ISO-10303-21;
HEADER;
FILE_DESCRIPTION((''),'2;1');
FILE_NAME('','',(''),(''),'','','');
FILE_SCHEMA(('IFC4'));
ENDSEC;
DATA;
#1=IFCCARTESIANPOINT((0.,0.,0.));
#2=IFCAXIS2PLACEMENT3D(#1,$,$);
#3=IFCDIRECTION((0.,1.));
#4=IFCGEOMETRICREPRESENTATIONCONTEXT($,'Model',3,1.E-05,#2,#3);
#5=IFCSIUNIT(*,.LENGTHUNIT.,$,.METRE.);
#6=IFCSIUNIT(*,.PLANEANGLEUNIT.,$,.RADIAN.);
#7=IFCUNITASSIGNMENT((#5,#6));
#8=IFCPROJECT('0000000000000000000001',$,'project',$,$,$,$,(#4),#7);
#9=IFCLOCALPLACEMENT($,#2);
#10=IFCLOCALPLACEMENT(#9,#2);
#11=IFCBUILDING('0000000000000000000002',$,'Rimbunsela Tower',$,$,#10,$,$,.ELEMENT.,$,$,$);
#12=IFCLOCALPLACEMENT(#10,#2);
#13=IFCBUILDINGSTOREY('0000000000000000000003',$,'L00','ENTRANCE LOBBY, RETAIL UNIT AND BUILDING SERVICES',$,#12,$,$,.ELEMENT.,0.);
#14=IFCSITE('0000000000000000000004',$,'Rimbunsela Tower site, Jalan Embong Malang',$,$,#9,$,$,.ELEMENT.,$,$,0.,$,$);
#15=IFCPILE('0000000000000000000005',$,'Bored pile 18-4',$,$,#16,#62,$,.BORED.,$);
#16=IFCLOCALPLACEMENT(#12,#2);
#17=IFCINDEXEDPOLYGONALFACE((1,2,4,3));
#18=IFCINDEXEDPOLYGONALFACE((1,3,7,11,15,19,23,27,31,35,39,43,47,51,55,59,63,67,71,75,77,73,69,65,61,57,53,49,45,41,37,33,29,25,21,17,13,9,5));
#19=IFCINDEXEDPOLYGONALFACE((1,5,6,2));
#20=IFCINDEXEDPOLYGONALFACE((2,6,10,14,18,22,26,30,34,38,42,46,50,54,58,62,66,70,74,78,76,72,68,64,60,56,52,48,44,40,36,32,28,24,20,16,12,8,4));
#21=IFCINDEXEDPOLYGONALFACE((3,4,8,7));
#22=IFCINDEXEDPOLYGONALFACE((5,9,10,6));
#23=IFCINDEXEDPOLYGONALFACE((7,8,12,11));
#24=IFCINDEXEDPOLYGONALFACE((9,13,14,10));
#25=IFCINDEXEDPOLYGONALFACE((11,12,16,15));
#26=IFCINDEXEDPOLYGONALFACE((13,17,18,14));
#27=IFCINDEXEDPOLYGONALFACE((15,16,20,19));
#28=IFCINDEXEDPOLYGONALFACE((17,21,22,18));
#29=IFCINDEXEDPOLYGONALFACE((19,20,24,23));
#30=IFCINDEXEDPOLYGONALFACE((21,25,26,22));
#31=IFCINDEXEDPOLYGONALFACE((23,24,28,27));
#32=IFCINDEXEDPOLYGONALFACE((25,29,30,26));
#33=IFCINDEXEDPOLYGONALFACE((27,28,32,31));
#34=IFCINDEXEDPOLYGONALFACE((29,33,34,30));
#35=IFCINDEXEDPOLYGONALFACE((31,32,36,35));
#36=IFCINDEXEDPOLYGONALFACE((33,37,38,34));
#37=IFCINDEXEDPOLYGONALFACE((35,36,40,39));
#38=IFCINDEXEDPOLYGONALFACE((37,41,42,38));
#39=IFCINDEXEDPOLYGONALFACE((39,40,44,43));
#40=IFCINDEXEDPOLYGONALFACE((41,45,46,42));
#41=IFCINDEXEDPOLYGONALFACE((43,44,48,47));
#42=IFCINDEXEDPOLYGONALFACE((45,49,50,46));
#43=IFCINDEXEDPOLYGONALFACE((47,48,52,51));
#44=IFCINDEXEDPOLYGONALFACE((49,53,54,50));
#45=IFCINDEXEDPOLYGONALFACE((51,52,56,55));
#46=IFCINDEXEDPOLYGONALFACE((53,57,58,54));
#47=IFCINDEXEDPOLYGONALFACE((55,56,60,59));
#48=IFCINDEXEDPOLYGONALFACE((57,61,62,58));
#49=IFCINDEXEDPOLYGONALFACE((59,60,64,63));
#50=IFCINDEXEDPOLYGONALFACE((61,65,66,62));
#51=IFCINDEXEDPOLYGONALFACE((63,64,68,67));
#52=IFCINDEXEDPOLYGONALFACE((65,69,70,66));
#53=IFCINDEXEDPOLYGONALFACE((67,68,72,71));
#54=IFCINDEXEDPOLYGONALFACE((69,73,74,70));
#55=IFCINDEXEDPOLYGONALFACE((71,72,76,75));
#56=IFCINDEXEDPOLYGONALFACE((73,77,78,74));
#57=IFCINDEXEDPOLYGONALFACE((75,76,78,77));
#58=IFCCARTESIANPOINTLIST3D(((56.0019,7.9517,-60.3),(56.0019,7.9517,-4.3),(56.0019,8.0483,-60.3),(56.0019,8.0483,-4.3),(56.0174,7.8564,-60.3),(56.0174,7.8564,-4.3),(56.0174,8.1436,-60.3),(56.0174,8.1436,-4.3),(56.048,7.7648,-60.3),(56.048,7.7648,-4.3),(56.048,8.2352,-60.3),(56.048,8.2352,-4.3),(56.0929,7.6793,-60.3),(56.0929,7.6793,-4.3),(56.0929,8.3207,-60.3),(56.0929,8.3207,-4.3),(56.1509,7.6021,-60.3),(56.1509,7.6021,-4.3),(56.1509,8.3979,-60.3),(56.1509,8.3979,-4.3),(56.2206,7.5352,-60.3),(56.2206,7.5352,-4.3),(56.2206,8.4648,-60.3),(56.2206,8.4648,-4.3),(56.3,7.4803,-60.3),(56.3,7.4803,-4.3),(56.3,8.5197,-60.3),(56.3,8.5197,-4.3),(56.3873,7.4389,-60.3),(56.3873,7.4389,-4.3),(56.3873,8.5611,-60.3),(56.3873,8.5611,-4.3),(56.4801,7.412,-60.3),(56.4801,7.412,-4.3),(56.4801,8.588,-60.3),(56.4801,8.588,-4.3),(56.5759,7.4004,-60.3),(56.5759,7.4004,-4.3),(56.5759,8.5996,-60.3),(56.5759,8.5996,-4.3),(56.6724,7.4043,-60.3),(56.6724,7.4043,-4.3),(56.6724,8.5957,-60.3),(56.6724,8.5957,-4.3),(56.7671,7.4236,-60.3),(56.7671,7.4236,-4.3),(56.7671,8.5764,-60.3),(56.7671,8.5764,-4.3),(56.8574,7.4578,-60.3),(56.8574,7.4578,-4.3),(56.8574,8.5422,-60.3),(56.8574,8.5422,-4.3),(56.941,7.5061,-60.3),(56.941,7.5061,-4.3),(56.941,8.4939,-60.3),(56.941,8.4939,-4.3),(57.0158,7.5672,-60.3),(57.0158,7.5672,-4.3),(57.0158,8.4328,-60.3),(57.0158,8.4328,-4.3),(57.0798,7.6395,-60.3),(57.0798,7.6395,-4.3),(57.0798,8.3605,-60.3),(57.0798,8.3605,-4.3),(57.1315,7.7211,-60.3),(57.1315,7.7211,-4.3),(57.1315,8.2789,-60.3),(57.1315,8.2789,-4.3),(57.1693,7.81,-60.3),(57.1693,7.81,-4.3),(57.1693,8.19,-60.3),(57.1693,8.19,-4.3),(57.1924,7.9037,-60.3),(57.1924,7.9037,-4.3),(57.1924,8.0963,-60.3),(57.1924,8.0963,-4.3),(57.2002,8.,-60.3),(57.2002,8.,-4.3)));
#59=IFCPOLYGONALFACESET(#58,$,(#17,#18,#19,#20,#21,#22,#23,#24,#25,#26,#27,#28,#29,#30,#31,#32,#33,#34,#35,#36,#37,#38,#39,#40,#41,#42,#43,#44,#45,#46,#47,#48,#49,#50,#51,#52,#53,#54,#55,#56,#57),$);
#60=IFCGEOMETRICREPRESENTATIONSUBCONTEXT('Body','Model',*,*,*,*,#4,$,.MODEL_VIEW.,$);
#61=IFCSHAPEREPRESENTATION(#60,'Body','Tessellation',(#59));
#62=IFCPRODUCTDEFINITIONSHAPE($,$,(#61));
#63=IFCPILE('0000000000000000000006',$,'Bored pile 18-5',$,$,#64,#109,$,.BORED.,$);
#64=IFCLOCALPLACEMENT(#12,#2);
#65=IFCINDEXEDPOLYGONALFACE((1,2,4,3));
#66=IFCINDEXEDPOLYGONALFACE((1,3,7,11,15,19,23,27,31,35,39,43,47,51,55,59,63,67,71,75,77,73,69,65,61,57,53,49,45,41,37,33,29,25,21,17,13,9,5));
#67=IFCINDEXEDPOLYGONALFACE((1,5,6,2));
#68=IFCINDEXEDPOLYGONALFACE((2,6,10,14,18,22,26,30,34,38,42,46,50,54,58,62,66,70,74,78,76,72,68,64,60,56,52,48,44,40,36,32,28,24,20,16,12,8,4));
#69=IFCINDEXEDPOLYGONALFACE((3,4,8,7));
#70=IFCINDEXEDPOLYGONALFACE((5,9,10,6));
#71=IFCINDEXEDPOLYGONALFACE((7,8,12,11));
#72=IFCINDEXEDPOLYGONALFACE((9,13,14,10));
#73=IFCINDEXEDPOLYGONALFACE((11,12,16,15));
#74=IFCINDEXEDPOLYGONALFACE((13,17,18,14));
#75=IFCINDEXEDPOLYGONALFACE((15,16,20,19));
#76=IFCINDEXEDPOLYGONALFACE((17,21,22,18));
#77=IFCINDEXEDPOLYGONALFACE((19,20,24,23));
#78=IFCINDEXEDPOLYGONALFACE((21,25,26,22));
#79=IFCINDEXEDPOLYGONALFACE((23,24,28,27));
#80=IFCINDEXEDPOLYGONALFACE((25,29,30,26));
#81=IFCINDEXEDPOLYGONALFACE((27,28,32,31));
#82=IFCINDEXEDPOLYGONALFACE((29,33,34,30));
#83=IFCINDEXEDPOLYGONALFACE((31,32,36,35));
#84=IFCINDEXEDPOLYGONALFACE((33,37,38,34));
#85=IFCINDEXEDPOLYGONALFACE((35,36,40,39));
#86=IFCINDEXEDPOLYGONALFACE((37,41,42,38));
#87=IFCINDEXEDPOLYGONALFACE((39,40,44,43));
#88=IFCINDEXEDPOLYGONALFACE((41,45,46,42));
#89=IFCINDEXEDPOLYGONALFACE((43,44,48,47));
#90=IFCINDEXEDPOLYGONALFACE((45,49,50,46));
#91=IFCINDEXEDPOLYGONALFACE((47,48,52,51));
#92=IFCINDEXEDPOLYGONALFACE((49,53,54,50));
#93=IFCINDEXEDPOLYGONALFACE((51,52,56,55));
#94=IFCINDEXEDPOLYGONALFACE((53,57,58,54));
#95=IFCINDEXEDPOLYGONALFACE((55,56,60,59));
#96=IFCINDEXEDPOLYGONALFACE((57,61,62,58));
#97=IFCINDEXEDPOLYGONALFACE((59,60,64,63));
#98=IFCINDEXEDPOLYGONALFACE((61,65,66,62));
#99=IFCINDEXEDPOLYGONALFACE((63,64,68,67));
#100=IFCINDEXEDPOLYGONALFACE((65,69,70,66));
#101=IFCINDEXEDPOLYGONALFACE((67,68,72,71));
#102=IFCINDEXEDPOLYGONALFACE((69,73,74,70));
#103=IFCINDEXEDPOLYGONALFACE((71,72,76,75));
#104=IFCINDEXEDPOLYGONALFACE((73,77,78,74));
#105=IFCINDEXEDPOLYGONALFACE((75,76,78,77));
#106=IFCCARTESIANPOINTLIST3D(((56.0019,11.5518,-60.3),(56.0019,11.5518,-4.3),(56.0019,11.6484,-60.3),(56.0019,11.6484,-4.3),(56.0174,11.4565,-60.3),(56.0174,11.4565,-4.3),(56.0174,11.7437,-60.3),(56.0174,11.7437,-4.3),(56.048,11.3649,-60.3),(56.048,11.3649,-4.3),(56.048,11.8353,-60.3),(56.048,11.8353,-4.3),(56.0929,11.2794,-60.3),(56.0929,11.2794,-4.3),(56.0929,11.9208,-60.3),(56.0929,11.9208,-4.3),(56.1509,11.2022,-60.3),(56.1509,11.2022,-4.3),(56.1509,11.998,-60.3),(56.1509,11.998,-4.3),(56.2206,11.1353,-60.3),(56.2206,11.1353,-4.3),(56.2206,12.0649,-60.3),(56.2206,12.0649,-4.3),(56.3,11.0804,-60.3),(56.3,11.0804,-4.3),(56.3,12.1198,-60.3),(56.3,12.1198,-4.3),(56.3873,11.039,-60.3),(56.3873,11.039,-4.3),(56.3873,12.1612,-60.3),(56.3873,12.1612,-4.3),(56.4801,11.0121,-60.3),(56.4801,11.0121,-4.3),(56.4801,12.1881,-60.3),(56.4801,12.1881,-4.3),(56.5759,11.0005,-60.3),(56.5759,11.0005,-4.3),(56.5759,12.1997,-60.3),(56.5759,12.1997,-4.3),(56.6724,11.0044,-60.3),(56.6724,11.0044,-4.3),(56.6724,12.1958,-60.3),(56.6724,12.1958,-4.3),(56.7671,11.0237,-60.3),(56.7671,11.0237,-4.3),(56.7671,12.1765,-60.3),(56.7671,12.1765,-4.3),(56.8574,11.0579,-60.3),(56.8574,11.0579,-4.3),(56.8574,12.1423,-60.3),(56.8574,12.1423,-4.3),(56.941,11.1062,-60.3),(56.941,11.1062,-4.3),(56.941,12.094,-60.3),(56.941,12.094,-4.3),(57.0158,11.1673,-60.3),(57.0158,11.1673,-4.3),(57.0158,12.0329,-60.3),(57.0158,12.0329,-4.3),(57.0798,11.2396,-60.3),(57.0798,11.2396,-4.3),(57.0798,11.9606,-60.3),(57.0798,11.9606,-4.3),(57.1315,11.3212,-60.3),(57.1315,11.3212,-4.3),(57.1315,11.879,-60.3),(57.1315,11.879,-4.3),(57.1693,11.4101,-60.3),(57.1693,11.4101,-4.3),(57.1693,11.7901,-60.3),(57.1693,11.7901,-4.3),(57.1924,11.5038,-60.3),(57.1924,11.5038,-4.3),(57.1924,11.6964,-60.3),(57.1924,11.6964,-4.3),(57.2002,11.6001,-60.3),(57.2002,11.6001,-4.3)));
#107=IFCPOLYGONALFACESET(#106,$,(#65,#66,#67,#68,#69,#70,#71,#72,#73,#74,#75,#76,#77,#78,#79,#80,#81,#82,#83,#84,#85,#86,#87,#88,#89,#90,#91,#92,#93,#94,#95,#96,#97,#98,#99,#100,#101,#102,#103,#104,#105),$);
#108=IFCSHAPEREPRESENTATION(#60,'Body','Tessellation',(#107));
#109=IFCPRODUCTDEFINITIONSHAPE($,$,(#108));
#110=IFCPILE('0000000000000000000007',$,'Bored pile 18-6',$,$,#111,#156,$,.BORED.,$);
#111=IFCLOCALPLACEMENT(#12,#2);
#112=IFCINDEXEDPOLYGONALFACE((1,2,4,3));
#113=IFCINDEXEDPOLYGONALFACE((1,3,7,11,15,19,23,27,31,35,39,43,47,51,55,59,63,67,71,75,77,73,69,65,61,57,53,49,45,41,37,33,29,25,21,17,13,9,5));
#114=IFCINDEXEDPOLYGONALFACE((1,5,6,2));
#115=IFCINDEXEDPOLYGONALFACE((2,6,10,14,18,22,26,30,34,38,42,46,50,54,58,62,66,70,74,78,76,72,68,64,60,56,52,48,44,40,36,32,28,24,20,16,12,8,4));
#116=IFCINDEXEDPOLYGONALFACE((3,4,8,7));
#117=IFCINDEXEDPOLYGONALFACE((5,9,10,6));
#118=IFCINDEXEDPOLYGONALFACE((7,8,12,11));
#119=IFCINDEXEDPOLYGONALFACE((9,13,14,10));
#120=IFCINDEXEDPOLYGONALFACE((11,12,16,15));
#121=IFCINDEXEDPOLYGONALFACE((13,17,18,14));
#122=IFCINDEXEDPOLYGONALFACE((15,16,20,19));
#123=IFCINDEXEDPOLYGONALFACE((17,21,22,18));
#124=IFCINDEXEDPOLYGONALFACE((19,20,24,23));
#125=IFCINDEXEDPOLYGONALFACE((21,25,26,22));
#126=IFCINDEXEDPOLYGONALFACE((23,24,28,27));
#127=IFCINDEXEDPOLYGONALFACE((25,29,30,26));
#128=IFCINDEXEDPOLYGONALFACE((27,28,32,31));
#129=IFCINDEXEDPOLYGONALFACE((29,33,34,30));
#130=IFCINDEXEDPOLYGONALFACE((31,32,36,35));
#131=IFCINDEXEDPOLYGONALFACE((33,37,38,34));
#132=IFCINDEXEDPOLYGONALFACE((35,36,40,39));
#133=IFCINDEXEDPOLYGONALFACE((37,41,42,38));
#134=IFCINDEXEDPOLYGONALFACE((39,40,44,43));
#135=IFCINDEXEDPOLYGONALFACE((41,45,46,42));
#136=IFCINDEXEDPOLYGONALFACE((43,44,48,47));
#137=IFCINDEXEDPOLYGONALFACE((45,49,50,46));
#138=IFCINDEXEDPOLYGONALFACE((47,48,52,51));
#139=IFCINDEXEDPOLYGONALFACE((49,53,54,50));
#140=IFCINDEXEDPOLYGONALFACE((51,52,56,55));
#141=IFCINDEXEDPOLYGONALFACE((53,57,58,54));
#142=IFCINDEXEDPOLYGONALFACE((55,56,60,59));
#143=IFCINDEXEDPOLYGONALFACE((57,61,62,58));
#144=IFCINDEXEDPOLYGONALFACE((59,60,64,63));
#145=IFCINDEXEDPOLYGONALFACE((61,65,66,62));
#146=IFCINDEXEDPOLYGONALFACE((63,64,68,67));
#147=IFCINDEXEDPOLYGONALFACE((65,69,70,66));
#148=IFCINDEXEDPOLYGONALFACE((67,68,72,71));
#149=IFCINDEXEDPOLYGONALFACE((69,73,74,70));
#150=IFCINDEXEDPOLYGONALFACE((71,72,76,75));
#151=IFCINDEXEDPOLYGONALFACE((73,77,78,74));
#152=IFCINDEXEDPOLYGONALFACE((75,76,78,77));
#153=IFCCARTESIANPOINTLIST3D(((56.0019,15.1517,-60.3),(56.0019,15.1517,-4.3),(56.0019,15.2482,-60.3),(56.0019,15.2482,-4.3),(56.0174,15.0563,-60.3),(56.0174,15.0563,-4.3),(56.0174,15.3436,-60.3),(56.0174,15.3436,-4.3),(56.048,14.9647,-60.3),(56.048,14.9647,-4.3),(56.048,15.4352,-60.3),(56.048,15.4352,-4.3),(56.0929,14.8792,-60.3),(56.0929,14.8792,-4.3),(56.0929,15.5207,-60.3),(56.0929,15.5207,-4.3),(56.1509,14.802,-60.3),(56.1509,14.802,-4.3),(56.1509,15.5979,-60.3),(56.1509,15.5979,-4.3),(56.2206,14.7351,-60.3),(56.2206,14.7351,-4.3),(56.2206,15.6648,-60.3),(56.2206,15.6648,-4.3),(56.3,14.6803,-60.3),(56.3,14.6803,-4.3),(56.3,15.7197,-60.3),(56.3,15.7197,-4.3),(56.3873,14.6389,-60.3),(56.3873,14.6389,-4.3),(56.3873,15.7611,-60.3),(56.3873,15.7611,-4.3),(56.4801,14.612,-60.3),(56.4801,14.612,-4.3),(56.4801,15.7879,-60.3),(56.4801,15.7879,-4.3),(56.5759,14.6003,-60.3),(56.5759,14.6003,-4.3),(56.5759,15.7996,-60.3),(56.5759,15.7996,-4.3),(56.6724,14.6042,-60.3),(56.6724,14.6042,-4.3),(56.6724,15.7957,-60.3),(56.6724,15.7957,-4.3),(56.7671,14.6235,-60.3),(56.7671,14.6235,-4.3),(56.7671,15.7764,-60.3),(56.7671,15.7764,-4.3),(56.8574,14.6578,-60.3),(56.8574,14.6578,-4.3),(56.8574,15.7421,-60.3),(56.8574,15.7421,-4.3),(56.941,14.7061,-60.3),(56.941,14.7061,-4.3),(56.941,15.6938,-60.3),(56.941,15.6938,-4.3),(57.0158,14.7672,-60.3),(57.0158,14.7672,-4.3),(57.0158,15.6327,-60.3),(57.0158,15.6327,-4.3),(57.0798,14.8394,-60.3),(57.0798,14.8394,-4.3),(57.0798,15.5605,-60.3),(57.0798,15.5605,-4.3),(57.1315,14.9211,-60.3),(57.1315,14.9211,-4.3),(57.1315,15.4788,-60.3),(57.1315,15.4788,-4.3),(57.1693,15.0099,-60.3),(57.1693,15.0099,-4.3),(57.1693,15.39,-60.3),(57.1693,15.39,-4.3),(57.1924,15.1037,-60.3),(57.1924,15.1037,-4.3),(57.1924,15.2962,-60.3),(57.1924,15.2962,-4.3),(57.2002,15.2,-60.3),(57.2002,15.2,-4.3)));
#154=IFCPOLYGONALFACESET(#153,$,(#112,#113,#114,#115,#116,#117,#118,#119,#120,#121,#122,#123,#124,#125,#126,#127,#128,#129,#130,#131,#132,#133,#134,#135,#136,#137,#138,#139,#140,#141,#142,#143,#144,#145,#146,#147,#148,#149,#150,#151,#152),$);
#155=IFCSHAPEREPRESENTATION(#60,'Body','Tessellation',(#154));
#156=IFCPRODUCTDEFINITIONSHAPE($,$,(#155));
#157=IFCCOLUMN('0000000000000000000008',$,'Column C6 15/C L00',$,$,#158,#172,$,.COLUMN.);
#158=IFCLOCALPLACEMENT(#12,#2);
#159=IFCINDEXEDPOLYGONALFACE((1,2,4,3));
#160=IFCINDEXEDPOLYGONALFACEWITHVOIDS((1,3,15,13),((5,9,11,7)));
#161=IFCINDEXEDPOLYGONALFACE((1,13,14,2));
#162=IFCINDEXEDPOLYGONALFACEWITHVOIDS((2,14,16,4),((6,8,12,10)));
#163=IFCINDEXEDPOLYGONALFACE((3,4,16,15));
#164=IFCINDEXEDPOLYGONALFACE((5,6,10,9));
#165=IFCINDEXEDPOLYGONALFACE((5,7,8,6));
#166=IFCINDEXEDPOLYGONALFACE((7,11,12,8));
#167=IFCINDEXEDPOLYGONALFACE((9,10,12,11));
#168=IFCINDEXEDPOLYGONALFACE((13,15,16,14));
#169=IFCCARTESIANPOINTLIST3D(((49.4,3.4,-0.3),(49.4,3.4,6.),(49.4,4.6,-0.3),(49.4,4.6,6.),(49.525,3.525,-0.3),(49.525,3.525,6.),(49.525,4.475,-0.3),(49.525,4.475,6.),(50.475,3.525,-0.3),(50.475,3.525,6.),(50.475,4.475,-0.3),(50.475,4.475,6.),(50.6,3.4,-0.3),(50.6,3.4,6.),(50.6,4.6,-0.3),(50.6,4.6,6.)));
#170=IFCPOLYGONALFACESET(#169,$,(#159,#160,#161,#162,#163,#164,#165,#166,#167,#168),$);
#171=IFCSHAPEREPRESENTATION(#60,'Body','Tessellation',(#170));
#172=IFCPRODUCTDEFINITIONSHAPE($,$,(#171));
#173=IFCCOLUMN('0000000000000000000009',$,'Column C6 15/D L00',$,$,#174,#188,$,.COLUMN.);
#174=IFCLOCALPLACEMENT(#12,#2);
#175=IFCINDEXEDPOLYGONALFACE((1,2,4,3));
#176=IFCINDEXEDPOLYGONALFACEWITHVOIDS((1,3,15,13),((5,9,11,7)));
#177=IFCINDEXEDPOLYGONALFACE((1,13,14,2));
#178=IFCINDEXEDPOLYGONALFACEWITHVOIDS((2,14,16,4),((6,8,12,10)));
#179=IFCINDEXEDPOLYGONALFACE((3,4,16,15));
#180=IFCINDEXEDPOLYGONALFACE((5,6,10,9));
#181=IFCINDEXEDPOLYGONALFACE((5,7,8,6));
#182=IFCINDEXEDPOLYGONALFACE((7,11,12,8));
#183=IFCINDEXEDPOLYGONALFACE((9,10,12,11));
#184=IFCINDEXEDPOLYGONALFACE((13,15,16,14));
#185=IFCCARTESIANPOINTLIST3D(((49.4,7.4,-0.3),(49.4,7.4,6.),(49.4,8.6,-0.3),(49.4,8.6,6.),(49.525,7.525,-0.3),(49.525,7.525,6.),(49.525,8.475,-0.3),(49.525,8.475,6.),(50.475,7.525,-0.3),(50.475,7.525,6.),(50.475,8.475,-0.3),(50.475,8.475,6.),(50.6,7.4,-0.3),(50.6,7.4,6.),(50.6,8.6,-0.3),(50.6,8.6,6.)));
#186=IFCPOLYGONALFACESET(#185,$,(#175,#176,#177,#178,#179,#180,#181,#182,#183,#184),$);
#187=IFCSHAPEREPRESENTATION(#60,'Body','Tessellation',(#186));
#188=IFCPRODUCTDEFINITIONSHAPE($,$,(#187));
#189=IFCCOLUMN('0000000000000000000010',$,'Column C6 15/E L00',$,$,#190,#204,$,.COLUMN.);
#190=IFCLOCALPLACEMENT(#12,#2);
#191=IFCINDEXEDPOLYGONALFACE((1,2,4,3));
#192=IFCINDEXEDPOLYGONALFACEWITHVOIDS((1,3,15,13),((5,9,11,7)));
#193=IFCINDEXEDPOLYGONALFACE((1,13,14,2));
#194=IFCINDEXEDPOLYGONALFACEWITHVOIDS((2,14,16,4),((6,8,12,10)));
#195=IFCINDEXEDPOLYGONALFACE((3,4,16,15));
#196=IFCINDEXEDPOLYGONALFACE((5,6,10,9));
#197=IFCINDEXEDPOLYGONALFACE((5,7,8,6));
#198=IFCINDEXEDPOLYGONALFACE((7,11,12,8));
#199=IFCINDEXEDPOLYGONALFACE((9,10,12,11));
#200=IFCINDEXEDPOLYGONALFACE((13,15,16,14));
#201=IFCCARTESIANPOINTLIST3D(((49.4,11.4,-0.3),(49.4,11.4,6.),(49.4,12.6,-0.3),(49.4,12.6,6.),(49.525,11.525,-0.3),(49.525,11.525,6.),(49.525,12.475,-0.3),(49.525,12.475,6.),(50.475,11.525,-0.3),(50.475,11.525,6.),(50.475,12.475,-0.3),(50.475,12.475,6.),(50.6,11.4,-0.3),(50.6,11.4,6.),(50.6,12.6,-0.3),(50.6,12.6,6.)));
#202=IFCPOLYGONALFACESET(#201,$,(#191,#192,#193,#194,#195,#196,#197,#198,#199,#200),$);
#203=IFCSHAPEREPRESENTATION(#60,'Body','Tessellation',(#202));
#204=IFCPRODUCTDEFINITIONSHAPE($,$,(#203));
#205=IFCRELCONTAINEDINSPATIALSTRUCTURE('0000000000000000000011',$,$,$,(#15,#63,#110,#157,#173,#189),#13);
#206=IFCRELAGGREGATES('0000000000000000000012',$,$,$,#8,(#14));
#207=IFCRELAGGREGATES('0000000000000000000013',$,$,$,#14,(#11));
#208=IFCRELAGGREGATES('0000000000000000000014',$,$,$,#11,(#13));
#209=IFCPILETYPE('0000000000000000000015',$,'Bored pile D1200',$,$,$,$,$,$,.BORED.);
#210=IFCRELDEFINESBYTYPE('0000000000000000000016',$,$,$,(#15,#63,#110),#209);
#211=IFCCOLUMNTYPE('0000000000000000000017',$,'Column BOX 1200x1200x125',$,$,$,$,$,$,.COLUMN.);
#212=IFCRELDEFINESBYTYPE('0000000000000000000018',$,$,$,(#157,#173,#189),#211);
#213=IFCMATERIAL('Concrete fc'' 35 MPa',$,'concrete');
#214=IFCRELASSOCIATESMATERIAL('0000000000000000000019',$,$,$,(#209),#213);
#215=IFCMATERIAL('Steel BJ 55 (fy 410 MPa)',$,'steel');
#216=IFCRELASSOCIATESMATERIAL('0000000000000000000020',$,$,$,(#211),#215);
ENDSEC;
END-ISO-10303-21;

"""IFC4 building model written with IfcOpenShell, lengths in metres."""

from ifc_helpers import new_model, si_unit, direction, frame, origin, origin_2d, place, context, subcontext, project, spatial, hollow_rectangle, circle, extrude, material, material_profile, profile_set, type_object, element, save


model = new_model("IFC4")

# Units and contexts
model_context = context("Model", 3, precision=1e-05, world=origin(), true_north=direction((0.0, 1.0)))
body_context = subcontext(model_context, "Body", "Model", "MODEL_VIEW")
ifc_project = project(units=[si_unit("LENGTHUNIT", "METRE"), si_unit("PLANEANGLEUNIT", "RADIAN")], contexts=[model_context])

# Site, building, storey
site_placement = place(None, origin())
site = spatial("IfcSite", under=ifc_project, at=site_placement, Name="Rimbunsela Tower site, Jalan Embong Malang", CompositionType="ELEMENT", RefElevation=0.0)
building_placement = place(site_placement, origin())
building = spatial("IfcBuilding", under=site, at=building_placement, Name="Rimbunsela Tower", CompositionType="ELEMENT")
storey_placement = place(building_placement, origin())
storey = spatial("IfcBuildingStorey", under=building, at=storey_placement, Name="L00", Description="ENTRANCE LOBBY, RETAIL UNIT AND BUILDING SERVICES", CompositionType="ELEMENT", Elevation=0.0)

# Piles
ifc_material_1 = material(Name="Concrete fc' 35 MPa", Category="concrete")
ifc_material_profile_1 = material_profile(ifc_material_1, circle(Radius=0.6001, at=origin_2d()), Name="BP D1200")
ifc_profile_set_1 = profile_set([ifc_material_profile_1], Name="Concrete fc' 35 MPa")
pile_type = type_object("IfcPileType", Name="Bored pile D1200", PredefinedType="BORED", material=ifc_profile_set_1)
for number, where, z_axis, x_axis, name in (
    (1, (56.6001, 8.0, -4.3), (0.0, 0.0, -1.0), (1.0, 0.0, 0.0), "Bored pile 18-4"),
    (2, (56.6001, 11.6001, -4.3), (0.0, 0.0, -1.0), (1.0, 0.0, 0.0), "Bored pile 18-5"),
    (3, (56.6001, 15.2, -4.3), (0.0, 0.0, -1.0), (1.0, 0.0, 0.0), "Bored pile 18-6"),
):
    element("IfcPile", number, at=place(storey_placement, frame(where, z_axis=z_axis, x_axis=x_axis)), inside=storey, type_object=pile_type, Name=name, PredefinedType="BORED", context=body_context, shape_type="SweptSolid", body=[
        extrude(circle(Radius=0.6001, at=origin_2d()), origin(), (0.0, 0.0, 1.0), 56.0),
    ])

# Columns
ifc_material_2 = material(Name="Steel BJ 55 (fy 410 MPa)", Category="steel")
ifc_material_profile_2 = material_profile(ifc_material_2, hollow_rectangle(XDim=1.2, YDim=1.2, WallThickness=0.125, at=origin_2d()), Name="BOX 1200x1200x125")
ifc_profile_set_2 = profile_set([ifc_material_profile_2], Name="Steel BJ 55 (fy 410 MPa)")
column_type = type_object("IfcColumnType", Name="Column BOX 1200x1200x125", PredefinedType="COLUMN", material=ifc_profile_set_2)
for number, where, z_axis, x_axis, name in (
    (4, (50.0, 4.0, -0.3), (0.0, 0.0, 1.0), (1.0, 0.0, 0.0), "Column C6 15/C L00"),
    (5, (50.0, 8.0, -0.3), (0.0, 0.0, 1.0), (1.0, 0.0, 0.0), "Column C6 15/D L00"),
    (6, (50.0, 12.0, -0.3), (0.0, 0.0, 1.0), (1.0, 0.0, 0.0), "Column C6 15/E L00"),
):
    element("IfcColumn", number, at=place(storey_placement, frame(where, z_axis=z_axis, x_axis=x_axis)), inside=storey, type_object=column_type, Name=name, PredefinedType="COLUMN", context=body_context, shape_type="SweptSolid", body=[
        extrude(hollow_rectangle(XDim=1.2, YDim=1.2, WallThickness=0.125, at=origin_2d()), origin(), (0.0, 0.0, 1.0), 6.3),
    ])

save(model, "model.ifc")
